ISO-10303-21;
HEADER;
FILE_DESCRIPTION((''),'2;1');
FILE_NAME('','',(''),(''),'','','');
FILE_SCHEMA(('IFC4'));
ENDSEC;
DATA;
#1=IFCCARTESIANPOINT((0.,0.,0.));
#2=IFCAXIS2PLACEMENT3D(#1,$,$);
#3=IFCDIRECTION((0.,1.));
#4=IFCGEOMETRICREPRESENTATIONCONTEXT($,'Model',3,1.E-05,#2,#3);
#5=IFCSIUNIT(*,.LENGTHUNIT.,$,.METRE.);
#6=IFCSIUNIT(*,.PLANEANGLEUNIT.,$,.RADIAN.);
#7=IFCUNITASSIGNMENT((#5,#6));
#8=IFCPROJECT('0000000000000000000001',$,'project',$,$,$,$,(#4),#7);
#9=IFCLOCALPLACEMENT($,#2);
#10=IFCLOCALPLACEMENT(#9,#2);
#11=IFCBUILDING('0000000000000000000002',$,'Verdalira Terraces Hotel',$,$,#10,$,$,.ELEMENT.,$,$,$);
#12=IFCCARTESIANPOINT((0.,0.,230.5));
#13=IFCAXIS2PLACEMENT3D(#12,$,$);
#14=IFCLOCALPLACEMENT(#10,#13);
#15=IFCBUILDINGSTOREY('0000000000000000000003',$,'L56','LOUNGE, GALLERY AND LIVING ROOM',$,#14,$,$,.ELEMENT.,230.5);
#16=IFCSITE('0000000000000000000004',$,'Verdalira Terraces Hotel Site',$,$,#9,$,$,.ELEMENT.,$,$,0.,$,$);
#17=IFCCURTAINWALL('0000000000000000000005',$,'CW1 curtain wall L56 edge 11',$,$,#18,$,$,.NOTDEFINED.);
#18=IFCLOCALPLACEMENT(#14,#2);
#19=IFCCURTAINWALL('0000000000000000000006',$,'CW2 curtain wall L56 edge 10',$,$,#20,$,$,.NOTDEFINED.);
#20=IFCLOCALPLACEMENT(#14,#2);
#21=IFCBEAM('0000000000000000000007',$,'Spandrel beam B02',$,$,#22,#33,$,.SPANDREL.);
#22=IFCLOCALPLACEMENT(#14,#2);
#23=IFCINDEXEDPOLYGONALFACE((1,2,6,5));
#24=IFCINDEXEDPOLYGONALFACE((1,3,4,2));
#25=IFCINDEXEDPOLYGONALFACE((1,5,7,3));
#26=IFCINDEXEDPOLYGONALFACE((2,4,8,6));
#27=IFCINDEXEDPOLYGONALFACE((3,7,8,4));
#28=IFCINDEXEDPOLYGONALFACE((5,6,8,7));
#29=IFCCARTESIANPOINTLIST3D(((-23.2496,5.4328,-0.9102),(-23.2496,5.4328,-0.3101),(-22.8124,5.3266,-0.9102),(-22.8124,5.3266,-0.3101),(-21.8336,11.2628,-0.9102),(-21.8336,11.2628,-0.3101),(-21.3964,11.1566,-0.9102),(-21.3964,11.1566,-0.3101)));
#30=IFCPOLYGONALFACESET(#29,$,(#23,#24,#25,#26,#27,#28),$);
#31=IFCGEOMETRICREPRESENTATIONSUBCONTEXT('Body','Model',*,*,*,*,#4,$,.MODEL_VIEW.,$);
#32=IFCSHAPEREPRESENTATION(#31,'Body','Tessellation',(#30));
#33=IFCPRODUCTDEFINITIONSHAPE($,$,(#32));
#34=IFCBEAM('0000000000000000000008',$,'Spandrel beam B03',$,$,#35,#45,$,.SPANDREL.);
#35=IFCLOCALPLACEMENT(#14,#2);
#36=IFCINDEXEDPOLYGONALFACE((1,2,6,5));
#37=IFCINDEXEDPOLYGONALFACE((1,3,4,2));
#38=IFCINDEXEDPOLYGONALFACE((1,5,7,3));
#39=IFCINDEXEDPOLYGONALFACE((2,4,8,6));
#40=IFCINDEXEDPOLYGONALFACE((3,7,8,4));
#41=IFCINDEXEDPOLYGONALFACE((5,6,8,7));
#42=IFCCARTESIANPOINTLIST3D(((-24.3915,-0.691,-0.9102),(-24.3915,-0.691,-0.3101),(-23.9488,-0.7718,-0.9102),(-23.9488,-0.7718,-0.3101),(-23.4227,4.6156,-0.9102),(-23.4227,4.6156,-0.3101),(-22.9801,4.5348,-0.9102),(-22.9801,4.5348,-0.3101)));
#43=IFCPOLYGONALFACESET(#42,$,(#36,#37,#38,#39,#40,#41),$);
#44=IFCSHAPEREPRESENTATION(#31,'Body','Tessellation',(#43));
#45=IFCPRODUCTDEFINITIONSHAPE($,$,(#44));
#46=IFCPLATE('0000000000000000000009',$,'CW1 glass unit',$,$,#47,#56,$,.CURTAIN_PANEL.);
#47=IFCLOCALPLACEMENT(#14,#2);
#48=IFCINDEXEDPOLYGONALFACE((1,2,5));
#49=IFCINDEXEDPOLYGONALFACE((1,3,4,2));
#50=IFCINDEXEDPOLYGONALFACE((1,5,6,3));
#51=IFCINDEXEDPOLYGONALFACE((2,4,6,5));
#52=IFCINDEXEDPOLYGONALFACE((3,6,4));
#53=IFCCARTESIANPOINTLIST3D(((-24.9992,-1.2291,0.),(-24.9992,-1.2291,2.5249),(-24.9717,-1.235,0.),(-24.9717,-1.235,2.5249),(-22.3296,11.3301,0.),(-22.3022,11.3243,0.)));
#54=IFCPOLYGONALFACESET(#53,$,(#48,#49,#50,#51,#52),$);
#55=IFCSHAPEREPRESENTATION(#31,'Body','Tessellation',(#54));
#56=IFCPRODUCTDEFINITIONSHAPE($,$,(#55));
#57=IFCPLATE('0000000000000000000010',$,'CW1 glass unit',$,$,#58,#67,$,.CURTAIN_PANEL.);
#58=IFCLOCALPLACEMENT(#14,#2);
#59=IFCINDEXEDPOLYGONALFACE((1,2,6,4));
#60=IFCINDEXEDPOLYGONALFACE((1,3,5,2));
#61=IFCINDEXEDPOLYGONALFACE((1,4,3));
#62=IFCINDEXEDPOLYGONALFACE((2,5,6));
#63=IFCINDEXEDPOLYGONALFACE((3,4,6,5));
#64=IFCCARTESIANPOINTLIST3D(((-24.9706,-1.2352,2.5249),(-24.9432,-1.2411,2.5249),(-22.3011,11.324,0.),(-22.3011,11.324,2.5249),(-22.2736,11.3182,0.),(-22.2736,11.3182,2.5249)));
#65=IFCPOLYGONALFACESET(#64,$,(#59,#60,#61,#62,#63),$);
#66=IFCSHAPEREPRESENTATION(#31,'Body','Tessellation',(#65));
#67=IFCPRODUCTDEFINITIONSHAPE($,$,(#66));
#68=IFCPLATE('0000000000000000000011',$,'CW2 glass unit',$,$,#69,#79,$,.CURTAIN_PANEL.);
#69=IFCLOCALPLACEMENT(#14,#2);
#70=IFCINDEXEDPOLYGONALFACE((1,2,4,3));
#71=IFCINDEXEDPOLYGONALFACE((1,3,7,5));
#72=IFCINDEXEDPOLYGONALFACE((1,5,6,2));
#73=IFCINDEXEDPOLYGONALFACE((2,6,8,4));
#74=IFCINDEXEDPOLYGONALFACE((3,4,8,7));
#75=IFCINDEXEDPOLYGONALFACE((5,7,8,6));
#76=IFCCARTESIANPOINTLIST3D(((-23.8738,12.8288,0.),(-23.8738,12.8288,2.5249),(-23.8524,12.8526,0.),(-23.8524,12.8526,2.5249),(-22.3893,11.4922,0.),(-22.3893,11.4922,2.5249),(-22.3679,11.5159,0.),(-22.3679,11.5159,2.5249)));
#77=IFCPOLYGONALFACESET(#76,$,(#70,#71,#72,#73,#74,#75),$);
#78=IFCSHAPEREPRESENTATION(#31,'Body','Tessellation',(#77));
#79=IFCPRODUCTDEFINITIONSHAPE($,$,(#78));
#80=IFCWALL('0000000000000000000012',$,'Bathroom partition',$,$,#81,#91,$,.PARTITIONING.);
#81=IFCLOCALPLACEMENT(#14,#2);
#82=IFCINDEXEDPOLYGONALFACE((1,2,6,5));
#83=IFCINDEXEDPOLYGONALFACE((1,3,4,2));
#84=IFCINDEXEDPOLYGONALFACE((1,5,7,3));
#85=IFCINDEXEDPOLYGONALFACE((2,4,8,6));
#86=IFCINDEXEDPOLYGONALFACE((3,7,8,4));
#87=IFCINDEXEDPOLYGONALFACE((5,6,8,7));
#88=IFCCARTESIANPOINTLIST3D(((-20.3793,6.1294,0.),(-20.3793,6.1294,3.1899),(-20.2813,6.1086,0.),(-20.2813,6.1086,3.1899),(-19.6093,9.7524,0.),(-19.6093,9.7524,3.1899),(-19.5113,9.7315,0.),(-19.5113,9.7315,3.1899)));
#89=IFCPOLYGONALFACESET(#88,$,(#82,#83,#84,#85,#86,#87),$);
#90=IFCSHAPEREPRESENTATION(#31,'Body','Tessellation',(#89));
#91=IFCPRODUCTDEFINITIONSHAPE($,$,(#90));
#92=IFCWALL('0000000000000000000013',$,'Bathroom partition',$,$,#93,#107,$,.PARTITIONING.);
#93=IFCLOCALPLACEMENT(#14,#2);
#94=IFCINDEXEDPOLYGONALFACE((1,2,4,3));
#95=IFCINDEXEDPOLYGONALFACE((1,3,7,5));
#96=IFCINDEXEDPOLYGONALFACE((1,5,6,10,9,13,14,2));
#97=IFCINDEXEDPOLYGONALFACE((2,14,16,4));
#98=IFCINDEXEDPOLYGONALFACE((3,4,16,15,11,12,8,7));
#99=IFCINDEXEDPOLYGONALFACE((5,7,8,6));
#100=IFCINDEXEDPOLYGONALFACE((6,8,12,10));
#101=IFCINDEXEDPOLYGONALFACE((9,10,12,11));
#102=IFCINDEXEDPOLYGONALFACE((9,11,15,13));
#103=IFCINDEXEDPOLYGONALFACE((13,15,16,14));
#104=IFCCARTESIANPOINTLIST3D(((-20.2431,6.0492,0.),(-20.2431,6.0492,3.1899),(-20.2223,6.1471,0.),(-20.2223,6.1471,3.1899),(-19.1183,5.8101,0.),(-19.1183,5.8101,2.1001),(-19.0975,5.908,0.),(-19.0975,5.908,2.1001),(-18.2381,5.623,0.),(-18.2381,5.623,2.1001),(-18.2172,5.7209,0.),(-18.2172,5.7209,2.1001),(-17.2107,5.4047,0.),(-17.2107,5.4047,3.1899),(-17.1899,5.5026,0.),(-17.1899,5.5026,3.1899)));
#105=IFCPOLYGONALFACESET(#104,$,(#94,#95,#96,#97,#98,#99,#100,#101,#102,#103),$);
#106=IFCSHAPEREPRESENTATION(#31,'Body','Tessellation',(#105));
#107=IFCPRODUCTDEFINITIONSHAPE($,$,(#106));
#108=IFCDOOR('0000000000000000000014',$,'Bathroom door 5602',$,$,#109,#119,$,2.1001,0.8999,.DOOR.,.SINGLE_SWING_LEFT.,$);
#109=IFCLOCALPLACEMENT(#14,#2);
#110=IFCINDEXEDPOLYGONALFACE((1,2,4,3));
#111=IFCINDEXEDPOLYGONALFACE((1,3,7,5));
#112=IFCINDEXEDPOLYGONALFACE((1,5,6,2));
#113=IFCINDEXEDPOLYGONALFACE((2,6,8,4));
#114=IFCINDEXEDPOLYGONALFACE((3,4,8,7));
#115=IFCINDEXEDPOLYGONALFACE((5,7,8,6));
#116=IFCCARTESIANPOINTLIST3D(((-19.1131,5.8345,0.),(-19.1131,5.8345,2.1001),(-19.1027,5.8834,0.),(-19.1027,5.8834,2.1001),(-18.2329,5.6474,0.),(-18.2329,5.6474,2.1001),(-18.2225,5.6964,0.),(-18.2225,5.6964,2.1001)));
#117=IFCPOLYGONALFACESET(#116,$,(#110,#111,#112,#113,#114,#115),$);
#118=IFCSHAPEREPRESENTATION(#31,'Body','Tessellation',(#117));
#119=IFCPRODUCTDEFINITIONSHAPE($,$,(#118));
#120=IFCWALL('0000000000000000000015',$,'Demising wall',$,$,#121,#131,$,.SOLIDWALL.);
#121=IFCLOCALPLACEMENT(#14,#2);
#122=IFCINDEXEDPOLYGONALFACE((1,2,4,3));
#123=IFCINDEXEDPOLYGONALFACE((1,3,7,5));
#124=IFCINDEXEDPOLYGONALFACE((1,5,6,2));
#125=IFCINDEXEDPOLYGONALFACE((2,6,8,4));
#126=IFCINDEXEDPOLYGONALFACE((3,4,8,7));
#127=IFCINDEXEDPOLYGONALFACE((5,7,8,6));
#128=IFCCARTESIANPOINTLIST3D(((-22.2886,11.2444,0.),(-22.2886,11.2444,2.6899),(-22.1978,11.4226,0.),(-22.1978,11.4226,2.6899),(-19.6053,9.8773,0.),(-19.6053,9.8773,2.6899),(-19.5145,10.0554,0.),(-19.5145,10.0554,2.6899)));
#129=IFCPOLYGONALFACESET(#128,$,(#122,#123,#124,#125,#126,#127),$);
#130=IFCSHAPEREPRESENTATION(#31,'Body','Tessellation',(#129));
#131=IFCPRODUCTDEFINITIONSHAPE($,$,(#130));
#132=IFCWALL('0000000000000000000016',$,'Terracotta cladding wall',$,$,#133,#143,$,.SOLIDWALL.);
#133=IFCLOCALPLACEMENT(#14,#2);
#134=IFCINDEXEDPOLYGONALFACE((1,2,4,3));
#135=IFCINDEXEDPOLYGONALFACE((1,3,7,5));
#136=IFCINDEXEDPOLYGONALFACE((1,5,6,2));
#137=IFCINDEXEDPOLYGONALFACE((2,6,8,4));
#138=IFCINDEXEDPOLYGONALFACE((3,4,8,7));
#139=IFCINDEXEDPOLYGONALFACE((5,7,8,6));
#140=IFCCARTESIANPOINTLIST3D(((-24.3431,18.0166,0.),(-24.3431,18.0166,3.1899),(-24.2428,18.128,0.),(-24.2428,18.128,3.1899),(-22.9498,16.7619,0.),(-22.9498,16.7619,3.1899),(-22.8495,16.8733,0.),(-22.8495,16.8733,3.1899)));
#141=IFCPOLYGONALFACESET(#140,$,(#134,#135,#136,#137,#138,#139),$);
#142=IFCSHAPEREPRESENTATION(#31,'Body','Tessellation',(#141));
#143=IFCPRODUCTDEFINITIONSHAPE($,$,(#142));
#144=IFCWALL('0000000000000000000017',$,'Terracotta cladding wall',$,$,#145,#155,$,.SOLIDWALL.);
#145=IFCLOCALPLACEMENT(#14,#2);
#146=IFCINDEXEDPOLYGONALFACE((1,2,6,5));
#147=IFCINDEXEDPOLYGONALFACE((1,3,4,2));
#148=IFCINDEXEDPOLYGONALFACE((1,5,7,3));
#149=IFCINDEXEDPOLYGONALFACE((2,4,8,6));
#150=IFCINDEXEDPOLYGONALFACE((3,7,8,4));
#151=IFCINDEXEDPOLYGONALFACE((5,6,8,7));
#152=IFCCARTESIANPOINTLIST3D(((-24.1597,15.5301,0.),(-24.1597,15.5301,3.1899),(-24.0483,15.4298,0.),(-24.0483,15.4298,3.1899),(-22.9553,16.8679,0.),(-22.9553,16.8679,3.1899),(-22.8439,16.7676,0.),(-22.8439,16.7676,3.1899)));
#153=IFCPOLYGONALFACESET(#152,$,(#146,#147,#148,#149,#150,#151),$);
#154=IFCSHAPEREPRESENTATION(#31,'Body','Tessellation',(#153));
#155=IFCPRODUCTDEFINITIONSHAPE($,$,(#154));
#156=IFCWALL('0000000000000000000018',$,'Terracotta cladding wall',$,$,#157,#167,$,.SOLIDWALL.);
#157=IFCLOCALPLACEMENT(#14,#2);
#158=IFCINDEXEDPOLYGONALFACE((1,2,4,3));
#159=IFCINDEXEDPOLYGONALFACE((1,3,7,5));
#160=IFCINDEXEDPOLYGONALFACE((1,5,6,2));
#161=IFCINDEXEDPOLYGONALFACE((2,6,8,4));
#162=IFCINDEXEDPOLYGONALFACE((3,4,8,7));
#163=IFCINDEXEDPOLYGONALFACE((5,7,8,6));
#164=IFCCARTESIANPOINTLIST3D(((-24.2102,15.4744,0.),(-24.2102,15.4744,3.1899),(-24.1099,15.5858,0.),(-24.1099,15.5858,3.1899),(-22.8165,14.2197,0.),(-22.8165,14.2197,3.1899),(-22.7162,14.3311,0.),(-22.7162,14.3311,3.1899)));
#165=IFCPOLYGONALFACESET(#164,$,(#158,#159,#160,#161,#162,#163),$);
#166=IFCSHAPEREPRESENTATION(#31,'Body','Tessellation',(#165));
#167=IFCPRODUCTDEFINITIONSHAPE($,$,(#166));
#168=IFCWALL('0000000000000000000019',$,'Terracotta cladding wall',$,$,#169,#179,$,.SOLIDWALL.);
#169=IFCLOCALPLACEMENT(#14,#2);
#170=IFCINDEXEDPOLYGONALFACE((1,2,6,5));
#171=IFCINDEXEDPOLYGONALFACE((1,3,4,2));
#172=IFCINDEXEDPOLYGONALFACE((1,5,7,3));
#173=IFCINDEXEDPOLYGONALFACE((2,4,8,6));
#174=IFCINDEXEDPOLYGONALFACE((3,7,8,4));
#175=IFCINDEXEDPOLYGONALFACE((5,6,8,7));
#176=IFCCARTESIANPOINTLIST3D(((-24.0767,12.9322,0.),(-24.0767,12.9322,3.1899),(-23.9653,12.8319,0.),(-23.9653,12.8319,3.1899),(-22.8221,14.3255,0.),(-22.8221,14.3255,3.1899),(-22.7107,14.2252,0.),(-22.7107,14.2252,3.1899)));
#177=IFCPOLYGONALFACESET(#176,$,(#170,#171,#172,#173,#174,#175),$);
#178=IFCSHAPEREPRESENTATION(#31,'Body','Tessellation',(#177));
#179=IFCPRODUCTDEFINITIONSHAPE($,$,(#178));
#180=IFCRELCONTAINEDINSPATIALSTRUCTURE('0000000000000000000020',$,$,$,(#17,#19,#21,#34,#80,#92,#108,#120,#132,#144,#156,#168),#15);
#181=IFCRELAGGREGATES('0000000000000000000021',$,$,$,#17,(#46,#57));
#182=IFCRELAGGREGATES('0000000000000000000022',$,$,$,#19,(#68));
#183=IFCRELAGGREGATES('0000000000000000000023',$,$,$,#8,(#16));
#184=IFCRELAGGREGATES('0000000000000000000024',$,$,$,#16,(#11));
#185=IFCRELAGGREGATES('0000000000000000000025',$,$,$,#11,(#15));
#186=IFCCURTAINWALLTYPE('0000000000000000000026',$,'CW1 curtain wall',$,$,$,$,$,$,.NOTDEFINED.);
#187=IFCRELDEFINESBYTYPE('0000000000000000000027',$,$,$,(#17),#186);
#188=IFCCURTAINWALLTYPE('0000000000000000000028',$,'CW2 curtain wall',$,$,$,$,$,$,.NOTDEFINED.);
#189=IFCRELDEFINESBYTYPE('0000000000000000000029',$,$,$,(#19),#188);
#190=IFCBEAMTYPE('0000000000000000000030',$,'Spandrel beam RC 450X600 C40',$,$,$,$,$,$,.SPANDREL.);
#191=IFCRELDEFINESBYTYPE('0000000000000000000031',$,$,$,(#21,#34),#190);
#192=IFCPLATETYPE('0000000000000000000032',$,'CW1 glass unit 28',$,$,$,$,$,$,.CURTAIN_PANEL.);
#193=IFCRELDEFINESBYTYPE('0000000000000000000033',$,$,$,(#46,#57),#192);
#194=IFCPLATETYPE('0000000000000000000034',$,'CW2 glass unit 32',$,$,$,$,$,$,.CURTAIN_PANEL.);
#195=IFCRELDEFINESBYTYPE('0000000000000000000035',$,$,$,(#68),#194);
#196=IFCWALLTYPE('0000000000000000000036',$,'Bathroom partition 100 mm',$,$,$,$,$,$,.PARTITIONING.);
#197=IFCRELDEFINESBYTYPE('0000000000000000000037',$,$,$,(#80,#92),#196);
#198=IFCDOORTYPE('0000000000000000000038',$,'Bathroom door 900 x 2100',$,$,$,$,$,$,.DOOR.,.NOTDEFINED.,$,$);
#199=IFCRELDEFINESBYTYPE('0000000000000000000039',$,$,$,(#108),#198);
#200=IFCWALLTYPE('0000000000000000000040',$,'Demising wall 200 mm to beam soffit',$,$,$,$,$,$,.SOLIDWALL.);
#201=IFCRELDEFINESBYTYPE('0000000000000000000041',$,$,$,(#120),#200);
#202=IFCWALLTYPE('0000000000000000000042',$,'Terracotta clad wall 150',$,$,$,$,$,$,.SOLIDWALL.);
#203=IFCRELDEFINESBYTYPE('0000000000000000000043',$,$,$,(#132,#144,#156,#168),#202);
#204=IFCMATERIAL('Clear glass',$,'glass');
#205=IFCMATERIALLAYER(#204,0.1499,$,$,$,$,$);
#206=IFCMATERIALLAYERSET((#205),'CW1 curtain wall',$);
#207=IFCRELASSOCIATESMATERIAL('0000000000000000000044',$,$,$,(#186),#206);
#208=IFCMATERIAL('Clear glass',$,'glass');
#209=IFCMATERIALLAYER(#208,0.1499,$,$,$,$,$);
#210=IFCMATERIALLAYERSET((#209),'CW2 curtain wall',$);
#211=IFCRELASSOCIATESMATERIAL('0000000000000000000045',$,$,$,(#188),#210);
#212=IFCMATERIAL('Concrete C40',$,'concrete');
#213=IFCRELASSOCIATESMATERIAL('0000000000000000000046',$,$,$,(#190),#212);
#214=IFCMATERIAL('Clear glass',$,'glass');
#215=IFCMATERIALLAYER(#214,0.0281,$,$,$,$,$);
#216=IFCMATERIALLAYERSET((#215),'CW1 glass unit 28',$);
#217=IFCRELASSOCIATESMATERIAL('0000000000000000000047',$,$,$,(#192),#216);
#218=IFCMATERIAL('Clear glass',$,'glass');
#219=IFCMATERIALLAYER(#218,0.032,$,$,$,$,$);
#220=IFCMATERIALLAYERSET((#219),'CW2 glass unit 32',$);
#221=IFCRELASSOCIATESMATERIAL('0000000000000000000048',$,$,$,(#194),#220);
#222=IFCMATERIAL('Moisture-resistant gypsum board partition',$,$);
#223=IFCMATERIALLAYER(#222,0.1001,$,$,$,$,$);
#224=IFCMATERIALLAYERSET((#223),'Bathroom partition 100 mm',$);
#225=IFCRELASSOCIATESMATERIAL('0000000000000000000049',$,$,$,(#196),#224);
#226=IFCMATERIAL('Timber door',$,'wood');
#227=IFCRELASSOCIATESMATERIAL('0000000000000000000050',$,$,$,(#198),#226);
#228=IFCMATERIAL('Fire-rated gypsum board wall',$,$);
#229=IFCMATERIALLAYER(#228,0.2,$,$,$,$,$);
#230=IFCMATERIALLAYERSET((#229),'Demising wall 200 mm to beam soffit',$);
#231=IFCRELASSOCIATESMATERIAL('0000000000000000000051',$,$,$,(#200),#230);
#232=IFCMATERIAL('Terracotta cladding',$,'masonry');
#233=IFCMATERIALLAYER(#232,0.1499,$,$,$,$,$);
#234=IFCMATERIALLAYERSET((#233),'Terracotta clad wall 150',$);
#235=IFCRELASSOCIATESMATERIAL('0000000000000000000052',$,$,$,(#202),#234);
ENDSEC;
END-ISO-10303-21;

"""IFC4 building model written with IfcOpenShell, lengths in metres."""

from ifc_helpers import new_model, si_unit, direction, frame, frame_2d, origin, origin_2d, place, context, subcontext, project, spatial, polyline, rectangle, outline, extrude, material, layer, layer_set, material_profile, profile_set, type_object, element, fill, aggregate, save


model = new_model("IFC4")

# Units and contexts
model_context = context("Model", 3, precision=1e-05, world=origin(), true_north=direction((0.0, 1.0)))
body_context = subcontext(model_context, "Body", "Model", "MODEL_VIEW")
ifc_project = project(units=[si_unit("LENGTHUNIT", "METRE"), si_unit("PLANEANGLEUNIT", "RADIAN")], contexts=[model_context])

# Site, building, storey
site_placement = place(None, origin())
site = spatial("IfcSite", under=ifc_project, at=site_placement, Name="Verdalira Terraces Hotel Site", CompositionType="ELEMENT", RefElevation=0.0)
building_placement = place(site_placement, origin())
building = spatial("IfcBuilding", under=site, at=building_placement, Name="Verdalira Terraces Hotel", CompositionType="ELEMENT")
storey_placement = place(building_placement, frame((0.0, 0.0, 230.5)))
storey = spatial("IfcBuildingStorey", under=building, at=storey_placement, Name="L56", Description="LOUNGE, GALLERY AND LIVING ROOM", CompositionType="ELEMENT", Elevation=230.5)

# Curtain walls
ifc_material_1 = material(Name="Clear glass", Category="glass")
ifc_layer_1 = layer(ifc_material_1, 0.1499)
ifc_layer_set_1 = layer_set([ifc_layer_1], Name="CW1 curtain wall")
curtain_wall_type_1 = type_object("IfcCurtainWallType", Name="CW1 curtain wall", PredefinedType="NOTDEFINED", material=ifc_layer_set_1)
curtain_wall_1_placement = place(storey_placement, origin())
curtain_wall_1 = element("IfcCurtainWall", 1, at=curtain_wall_1_placement, inside=storey, type_object=curtain_wall_type_1, Name="CW1 curtain wall L56 edge 11", PredefinedType="NOTDEFINED")
ifc_material_2 = material(Name="Clear glass", Category="glass")
ifc_layer_2 = layer(ifc_material_2, 0.1499)
ifc_layer_set_2 = layer_set([ifc_layer_2], Name="CW2 curtain wall")
curtain_wall_type_2 = type_object("IfcCurtainWallType", Name="CW2 curtain wall", PredefinedType="NOTDEFINED", material=ifc_layer_set_2)
curtain_wall_2_placement = place(storey_placement, origin())
curtain_wall_2 = element("IfcCurtainWall", 2, at=curtain_wall_2_placement, inside=storey, type_object=curtain_wall_type_2, Name="CW2 curtain wall L56 edge 10", PredefinedType="NOTDEFINED")

# Beams
ifc_material_3 = material(Name="Concrete C40", Category="concrete")
ifc_material_profile_1 = material_profile(ifc_material_3, rectangle(XDim=0.45, YDim=0.6001, at=origin_2d()), Name="RC 450X600")
ifc_profile_set_1 = profile_set([ifc_material_profile_1], Name="Concrete C40")
beam_type_1 = type_object("IfcBeamType", Name="Spandrel beam RC 450X600 C40", PredefinedType="SPANDREL", material=ifc_profile_set_1)
beam_1_placement = place(storey_placement, frame((-21.615, 11.2097, -0.6101), z_axis=(-0.236019, -0.971748, 0.0), x_axis=(0.971748, -0.236019, 0.0)))
element("IfcBeam", 3, at=beam_1_placement, inside=storey, type_object=beam_type_1, Name="Spandrel beam B02", PredefinedType="SPANDREL", context=body_context, shape_type="SweptSolid", body=[
    extrude(rectangle(XDim=0.45, YDim=0.6001, at=origin_2d()), origin(), (0.0, 0.0, 1.0), 5.9995),
])
beam_2_placement = place(storey_placement, frame((-23.2014, 4.5752, -0.6101), z_axis=(-0.179586, -0.983742, 0.0), x_axis=(0.983742, -0.179586, 0.0)))
element("IfcBeam", 4, at=beam_2_placement, inside=storey, type_object=beam_type_1, Name="Spandrel beam B03", PredefinedType="SPANDREL", context=body_context, shape_type="SweptSolid", body=[
    extrude(rectangle(XDim=0.45, YDim=0.6001, at=origin_2d()), origin(), (0.0, 0.0, 1.0), 5.3943),
])

# Plates
ifc_material_4 = material(Name="Clear glass", Category="glass")
ifc_layer_3 = layer(ifc_material_4, 0.0281)
ifc_layer_set_3 = layer_set([ifc_layer_3], Name="CW1 glass unit 28")
plate_type_1 = type_object("IfcPlateType", Name="CW1 glass unit 28", PredefinedType="CURTAIN_PANEL", material=ifc_layer_set_3)
plate_1_placement = place(storey_placement, frame((-23.637, 5.0447, 1.2625), z_axis=(-0.978148, 0.207912, 0.0), x_axis=(-0.207912, -0.978148, 0.0)))
plate_1 = element("IfcPlate", 5, at=plate_1_placement, type_object=plate_type_1, Name="CW1 glass unit", PredefinedType="CURTAIN_PANEL", context=body_context, shape_type="SweptSolid", body=[
    extrude(outline(polyline([(-6.4199, -1.2625), (6.4199, -1.2625), (6.4199, 1.2625), (-6.4199, -1.2625)])), origin(), (0.0, 0.0, 1.0), 0.0281),
])
plate_2_placement = place(storey_placement, frame((-23.6084, 5.0386, 1.2625), z_axis=(-0.978148, 0.207912, 0.0), x_axis=(-0.207912, -0.978148, 0.0)))
plate_2 = element("IfcPlate", 6, at=plate_2_placement, type_object=plate_type_1, Name="CW1 glass unit", PredefinedType="CURTAIN_PANEL", context=body_context, shape_type="SweptSolid", body=[
    extrude(outline(polyline([(-6.4199, -1.2625), (6.4199, 1.2625), (-6.4199, 1.2625), (-6.4199, -1.2625)])), origin(), (0.0, 0.0, 1.0), 0.0281),
])
aggregate(curtain_wall_1, [plate_1, plate_2])
ifc_material_5 = material(Name="Clear glass", Category="glass")
ifc_layer_4 = layer(ifc_material_5, 0.032)
ifc_layer_set_4 = layer_set([ifc_layer_4], Name="CW2 glass unit 32")
plate_type_2 = type_object("IfcPlateType", Name="CW2 glass unit 32", PredefinedType="CURTAIN_PANEL", material=ifc_layer_set_4)
plate_3_placement = place(storey_placement, frame((-23.1209, 12.1724, 0.0), z_axis=(0.0, 0.0, 1.0), x_axis=(0.743145, -0.669131, 0.0)))
plate_3 = element("IfcPlate", 7, at=plate_3_placement, type_object=plate_type_2, Name="CW2 glass unit", PredefinedType="CURTAIN_PANEL", context=body_context, shape_type="SweptSolid", body=[
    extrude(rectangle(XDim=1.9976, YDim=0.032, at=origin_2d()), origin(), (0.0, 0.0, 1.0), 2.5249),
])
aggregate(curtain_wall_2, [plate_3])

# Wall
ifc_material_6 = material(Name="Moisture-resistant gypsum board partition")
ifc_layer_5 = layer(ifc_material_6, 0.1001)
ifc_layer_set_5 = layer_set([ifc_layer_5], Name="Bathroom partition 100 mm")
wall_type_1 = type_object("IfcWallType", Name="Bathroom partition 100 mm", PredefinedType="PARTITIONING", material=ifc_layer_set_5)
wall_1_placement = place(storey_placement, frame((-20.3303, 6.1189, 0.0), z_axis=(0.0, 0.0, 1.0), x_axis=(0.20789, 0.978152, 0.0)))
element("IfcWall", 8, at=wall_1_placement, inside=storey, type_object=wall_type_1, Name="Bathroom partition", PredefinedType="PARTITIONING", context=body_context, shape_type="SweptSolid", body=[
    extrude(rectangle(XDim=3.7039, YDim=0.1001, at=frame_2d((1.8521, 0.0))), origin(), (0.0, 0.0, 1.0), 3.1899),
])

# Wall, opening, door
wall_2_placement = place(storey_placement, frame((-20.2327, 6.0981, 0.0), z_axis=(0.0, 0.0, 1.0), x_axis=(0.97815, -0.207899, 0.0)))
wall_2 = element("IfcWall", 9, at=wall_2_placement, inside=storey, type_object=wall_type_1, Name="Bathroom partition", PredefinedType="PARTITIONING", context=body_context, shape_type="SweptSolid", body=[
    extrude(rectangle(XDim=3.1001, YDim=0.1001, at=frame_2d((1.55, 0.0))), origin(), (0.0, 0.0, 1.0), 3.1899),
])
opening_placement = place(wall_2_placement, frame((1.1499, 0.0, 0.0)))
opening = element("IfcOpeningElement", 10, at=opening_placement, cuts=wall_2, PredefinedType="OPENING", context=body_context, shape_type="SweptSolid", body=[
    extrude(rectangle(XDim=0.8999, YDim=2.1001, at=frame_2d((0.45, 1.05))), frame((0.0, 0.0601, 0.0), z_axis=(0.0, -1.0, 0.0), x_axis=(1.0, 0.0, 0.0)), (0.0, 0.0, 1.0), 0.1201),
])
ifc_material_7 = material(Name="Timber door", Category="wood")
door_type = type_object("IfcDoorType", Name="Bathroom door 900 x 2100", OperationType="NOTDEFINED", PredefinedType="DOOR", material=ifc_material_7)
door_placement = place(opening_placement, origin())
door = element("IfcDoor", 11, at=door_placement, inside=storey, type_object=door_type, Name="Bathroom door 5602", OperationType="SINGLE_SWING_LEFT", OverallHeight=2.1001, OverallWidth=0.8999, PredefinedType="DOOR", context=body_context, shape_type="SweptSolid", body=[
    extrude(rectangle(XDim=0.8999, YDim=2.1001, at=frame_2d((0.45, 1.05))), frame((0.0, 0.0249, 0.0), z_axis=(0.0, -1.0, 0.0), x_axis=(1.0, 0.0, 0.0)), (0.0, 0.0, 1.0), 0.05),
])
fill(opening, door)

# Walls
ifc_material_8 = material(Name="Fire-rated gypsum board wall")
ifc_layer_6 = layer(ifc_material_8, 0.2)
ifc_layer_set_6 = layer_set([ifc_layer_6], Name="Demising wall 200 mm to beam soffit")
wall_type_2 = type_object("IfcWallType", Name="Demising wall 200 mm to beam soffit", PredefinedType="SOLIDWALL", material=ifc_layer_set_6)
wall_3_placement = place(storey_placement, frame((-19.5598, 9.9663, 0.0), z_axis=(0.0, 0.0, 1.0), x_axis=(-0.891013, 0.453978, 0.0)))
element("IfcWall", 12, at=wall_3_placement, inside=storey, type_object=wall_type_2, Name="Demising wall", PredefinedType="SOLIDWALL", context=body_context, shape_type="SweptSolid", body=[
    extrude(rectangle(XDim=3.0115, YDim=0.2, at=frame_2d((1.5059, 0.0))), origin(), (0.0, 0.0, 1.0), 2.6899),
])
ifc_material_9 = material(Name="Terracotta cladding", Category="masonry")
ifc_layer_7 = layer(ifc_material_9, 0.1499)
ifc_layer_set_7 = layer_set([ifc_layer_7], Name="Terracotta clad wall 150")
wall_type_3 = type_object("IfcWallType", Name="Terracotta clad wall 150", PredefinedType="SOLIDWALL", material=ifc_layer_set_7)
wall_4_placement = place(storey_placement, frame((-24.293, 18.0723, 0.0), z_axis=(0.0, 0.0, 1.0), x_axis=(0.743119, -0.669159, 0.0)))
element("IfcWall", 13, at=wall_4_placement, inside=storey, type_object=wall_type_3, Name="Terracotta cladding wall", PredefinedType="SOLIDWALL", context=body_context, shape_type="SweptSolid", body=[
    extrude(rectangle(XDim=1.875, YDim=0.1499, at=frame_2d((0.9375, 0.0))), origin(), (0.0, 0.0, 1.0), 3.1899),
])
wall_5_placement = place(storey_placement, frame((-22.8997, 16.8176, 0.0), z_axis=(0.0, 0.0, 1.0), x_axis=(-0.669107, -0.743166, 0.0)))
element("IfcWall", 14, at=wall_5_placement, inside=storey, type_object=wall_type_3, Name="Terracotta cladding wall", PredefinedType="SOLIDWALL", context=body_context, shape_type="SweptSolid", body=[
    extrude(rectangle(XDim=1.8, YDim=0.1499, at=frame_2d((0.8999, 0.0))), origin(), (0.0, 0.0, 1.0), 3.1899),
])
wall_6_placement = place(storey_placement, frame((-24.1599, 15.53, 0.0), z_axis=(0.0, 0.0, 1.0), x_axis=(0.743178, -0.669094, 0.0)))
element("IfcWall", 15, at=wall_6_placement, inside=storey, type_object=wall_type_3, Name="Terracotta cladding wall", PredefinedType="SOLIDWALL", context=body_context, shape_type="SweptSolid", body=[
    extrude(rectangle(XDim=1.8752, YDim=0.1499, at=frame_2d((0.9375, 0.0))), origin(), (0.0, 0.0, 1.0), 3.1899),
])
wall_7_placement = place(storey_placement, frame((-22.7664, 14.2754, 0.0), z_axis=(0.0, 0.0, 1.0), x_axis=(-0.669159, -0.743119, 0.0)))
element("IfcWall", 16, at=wall_7_placement, inside=storey, type_object=wall_type_3, Name="Terracotta cladding wall", PredefinedType="SOLIDWALL", context=body_context, shape_type="SweptSolid", body=[
    extrude(rectangle(XDim=1.875, YDim=0.1499, at=frame_2d((0.9375, 0.0))), origin(), (0.0, 0.0, 1.0), 3.1899),
])

save(model, "model.ifc")
